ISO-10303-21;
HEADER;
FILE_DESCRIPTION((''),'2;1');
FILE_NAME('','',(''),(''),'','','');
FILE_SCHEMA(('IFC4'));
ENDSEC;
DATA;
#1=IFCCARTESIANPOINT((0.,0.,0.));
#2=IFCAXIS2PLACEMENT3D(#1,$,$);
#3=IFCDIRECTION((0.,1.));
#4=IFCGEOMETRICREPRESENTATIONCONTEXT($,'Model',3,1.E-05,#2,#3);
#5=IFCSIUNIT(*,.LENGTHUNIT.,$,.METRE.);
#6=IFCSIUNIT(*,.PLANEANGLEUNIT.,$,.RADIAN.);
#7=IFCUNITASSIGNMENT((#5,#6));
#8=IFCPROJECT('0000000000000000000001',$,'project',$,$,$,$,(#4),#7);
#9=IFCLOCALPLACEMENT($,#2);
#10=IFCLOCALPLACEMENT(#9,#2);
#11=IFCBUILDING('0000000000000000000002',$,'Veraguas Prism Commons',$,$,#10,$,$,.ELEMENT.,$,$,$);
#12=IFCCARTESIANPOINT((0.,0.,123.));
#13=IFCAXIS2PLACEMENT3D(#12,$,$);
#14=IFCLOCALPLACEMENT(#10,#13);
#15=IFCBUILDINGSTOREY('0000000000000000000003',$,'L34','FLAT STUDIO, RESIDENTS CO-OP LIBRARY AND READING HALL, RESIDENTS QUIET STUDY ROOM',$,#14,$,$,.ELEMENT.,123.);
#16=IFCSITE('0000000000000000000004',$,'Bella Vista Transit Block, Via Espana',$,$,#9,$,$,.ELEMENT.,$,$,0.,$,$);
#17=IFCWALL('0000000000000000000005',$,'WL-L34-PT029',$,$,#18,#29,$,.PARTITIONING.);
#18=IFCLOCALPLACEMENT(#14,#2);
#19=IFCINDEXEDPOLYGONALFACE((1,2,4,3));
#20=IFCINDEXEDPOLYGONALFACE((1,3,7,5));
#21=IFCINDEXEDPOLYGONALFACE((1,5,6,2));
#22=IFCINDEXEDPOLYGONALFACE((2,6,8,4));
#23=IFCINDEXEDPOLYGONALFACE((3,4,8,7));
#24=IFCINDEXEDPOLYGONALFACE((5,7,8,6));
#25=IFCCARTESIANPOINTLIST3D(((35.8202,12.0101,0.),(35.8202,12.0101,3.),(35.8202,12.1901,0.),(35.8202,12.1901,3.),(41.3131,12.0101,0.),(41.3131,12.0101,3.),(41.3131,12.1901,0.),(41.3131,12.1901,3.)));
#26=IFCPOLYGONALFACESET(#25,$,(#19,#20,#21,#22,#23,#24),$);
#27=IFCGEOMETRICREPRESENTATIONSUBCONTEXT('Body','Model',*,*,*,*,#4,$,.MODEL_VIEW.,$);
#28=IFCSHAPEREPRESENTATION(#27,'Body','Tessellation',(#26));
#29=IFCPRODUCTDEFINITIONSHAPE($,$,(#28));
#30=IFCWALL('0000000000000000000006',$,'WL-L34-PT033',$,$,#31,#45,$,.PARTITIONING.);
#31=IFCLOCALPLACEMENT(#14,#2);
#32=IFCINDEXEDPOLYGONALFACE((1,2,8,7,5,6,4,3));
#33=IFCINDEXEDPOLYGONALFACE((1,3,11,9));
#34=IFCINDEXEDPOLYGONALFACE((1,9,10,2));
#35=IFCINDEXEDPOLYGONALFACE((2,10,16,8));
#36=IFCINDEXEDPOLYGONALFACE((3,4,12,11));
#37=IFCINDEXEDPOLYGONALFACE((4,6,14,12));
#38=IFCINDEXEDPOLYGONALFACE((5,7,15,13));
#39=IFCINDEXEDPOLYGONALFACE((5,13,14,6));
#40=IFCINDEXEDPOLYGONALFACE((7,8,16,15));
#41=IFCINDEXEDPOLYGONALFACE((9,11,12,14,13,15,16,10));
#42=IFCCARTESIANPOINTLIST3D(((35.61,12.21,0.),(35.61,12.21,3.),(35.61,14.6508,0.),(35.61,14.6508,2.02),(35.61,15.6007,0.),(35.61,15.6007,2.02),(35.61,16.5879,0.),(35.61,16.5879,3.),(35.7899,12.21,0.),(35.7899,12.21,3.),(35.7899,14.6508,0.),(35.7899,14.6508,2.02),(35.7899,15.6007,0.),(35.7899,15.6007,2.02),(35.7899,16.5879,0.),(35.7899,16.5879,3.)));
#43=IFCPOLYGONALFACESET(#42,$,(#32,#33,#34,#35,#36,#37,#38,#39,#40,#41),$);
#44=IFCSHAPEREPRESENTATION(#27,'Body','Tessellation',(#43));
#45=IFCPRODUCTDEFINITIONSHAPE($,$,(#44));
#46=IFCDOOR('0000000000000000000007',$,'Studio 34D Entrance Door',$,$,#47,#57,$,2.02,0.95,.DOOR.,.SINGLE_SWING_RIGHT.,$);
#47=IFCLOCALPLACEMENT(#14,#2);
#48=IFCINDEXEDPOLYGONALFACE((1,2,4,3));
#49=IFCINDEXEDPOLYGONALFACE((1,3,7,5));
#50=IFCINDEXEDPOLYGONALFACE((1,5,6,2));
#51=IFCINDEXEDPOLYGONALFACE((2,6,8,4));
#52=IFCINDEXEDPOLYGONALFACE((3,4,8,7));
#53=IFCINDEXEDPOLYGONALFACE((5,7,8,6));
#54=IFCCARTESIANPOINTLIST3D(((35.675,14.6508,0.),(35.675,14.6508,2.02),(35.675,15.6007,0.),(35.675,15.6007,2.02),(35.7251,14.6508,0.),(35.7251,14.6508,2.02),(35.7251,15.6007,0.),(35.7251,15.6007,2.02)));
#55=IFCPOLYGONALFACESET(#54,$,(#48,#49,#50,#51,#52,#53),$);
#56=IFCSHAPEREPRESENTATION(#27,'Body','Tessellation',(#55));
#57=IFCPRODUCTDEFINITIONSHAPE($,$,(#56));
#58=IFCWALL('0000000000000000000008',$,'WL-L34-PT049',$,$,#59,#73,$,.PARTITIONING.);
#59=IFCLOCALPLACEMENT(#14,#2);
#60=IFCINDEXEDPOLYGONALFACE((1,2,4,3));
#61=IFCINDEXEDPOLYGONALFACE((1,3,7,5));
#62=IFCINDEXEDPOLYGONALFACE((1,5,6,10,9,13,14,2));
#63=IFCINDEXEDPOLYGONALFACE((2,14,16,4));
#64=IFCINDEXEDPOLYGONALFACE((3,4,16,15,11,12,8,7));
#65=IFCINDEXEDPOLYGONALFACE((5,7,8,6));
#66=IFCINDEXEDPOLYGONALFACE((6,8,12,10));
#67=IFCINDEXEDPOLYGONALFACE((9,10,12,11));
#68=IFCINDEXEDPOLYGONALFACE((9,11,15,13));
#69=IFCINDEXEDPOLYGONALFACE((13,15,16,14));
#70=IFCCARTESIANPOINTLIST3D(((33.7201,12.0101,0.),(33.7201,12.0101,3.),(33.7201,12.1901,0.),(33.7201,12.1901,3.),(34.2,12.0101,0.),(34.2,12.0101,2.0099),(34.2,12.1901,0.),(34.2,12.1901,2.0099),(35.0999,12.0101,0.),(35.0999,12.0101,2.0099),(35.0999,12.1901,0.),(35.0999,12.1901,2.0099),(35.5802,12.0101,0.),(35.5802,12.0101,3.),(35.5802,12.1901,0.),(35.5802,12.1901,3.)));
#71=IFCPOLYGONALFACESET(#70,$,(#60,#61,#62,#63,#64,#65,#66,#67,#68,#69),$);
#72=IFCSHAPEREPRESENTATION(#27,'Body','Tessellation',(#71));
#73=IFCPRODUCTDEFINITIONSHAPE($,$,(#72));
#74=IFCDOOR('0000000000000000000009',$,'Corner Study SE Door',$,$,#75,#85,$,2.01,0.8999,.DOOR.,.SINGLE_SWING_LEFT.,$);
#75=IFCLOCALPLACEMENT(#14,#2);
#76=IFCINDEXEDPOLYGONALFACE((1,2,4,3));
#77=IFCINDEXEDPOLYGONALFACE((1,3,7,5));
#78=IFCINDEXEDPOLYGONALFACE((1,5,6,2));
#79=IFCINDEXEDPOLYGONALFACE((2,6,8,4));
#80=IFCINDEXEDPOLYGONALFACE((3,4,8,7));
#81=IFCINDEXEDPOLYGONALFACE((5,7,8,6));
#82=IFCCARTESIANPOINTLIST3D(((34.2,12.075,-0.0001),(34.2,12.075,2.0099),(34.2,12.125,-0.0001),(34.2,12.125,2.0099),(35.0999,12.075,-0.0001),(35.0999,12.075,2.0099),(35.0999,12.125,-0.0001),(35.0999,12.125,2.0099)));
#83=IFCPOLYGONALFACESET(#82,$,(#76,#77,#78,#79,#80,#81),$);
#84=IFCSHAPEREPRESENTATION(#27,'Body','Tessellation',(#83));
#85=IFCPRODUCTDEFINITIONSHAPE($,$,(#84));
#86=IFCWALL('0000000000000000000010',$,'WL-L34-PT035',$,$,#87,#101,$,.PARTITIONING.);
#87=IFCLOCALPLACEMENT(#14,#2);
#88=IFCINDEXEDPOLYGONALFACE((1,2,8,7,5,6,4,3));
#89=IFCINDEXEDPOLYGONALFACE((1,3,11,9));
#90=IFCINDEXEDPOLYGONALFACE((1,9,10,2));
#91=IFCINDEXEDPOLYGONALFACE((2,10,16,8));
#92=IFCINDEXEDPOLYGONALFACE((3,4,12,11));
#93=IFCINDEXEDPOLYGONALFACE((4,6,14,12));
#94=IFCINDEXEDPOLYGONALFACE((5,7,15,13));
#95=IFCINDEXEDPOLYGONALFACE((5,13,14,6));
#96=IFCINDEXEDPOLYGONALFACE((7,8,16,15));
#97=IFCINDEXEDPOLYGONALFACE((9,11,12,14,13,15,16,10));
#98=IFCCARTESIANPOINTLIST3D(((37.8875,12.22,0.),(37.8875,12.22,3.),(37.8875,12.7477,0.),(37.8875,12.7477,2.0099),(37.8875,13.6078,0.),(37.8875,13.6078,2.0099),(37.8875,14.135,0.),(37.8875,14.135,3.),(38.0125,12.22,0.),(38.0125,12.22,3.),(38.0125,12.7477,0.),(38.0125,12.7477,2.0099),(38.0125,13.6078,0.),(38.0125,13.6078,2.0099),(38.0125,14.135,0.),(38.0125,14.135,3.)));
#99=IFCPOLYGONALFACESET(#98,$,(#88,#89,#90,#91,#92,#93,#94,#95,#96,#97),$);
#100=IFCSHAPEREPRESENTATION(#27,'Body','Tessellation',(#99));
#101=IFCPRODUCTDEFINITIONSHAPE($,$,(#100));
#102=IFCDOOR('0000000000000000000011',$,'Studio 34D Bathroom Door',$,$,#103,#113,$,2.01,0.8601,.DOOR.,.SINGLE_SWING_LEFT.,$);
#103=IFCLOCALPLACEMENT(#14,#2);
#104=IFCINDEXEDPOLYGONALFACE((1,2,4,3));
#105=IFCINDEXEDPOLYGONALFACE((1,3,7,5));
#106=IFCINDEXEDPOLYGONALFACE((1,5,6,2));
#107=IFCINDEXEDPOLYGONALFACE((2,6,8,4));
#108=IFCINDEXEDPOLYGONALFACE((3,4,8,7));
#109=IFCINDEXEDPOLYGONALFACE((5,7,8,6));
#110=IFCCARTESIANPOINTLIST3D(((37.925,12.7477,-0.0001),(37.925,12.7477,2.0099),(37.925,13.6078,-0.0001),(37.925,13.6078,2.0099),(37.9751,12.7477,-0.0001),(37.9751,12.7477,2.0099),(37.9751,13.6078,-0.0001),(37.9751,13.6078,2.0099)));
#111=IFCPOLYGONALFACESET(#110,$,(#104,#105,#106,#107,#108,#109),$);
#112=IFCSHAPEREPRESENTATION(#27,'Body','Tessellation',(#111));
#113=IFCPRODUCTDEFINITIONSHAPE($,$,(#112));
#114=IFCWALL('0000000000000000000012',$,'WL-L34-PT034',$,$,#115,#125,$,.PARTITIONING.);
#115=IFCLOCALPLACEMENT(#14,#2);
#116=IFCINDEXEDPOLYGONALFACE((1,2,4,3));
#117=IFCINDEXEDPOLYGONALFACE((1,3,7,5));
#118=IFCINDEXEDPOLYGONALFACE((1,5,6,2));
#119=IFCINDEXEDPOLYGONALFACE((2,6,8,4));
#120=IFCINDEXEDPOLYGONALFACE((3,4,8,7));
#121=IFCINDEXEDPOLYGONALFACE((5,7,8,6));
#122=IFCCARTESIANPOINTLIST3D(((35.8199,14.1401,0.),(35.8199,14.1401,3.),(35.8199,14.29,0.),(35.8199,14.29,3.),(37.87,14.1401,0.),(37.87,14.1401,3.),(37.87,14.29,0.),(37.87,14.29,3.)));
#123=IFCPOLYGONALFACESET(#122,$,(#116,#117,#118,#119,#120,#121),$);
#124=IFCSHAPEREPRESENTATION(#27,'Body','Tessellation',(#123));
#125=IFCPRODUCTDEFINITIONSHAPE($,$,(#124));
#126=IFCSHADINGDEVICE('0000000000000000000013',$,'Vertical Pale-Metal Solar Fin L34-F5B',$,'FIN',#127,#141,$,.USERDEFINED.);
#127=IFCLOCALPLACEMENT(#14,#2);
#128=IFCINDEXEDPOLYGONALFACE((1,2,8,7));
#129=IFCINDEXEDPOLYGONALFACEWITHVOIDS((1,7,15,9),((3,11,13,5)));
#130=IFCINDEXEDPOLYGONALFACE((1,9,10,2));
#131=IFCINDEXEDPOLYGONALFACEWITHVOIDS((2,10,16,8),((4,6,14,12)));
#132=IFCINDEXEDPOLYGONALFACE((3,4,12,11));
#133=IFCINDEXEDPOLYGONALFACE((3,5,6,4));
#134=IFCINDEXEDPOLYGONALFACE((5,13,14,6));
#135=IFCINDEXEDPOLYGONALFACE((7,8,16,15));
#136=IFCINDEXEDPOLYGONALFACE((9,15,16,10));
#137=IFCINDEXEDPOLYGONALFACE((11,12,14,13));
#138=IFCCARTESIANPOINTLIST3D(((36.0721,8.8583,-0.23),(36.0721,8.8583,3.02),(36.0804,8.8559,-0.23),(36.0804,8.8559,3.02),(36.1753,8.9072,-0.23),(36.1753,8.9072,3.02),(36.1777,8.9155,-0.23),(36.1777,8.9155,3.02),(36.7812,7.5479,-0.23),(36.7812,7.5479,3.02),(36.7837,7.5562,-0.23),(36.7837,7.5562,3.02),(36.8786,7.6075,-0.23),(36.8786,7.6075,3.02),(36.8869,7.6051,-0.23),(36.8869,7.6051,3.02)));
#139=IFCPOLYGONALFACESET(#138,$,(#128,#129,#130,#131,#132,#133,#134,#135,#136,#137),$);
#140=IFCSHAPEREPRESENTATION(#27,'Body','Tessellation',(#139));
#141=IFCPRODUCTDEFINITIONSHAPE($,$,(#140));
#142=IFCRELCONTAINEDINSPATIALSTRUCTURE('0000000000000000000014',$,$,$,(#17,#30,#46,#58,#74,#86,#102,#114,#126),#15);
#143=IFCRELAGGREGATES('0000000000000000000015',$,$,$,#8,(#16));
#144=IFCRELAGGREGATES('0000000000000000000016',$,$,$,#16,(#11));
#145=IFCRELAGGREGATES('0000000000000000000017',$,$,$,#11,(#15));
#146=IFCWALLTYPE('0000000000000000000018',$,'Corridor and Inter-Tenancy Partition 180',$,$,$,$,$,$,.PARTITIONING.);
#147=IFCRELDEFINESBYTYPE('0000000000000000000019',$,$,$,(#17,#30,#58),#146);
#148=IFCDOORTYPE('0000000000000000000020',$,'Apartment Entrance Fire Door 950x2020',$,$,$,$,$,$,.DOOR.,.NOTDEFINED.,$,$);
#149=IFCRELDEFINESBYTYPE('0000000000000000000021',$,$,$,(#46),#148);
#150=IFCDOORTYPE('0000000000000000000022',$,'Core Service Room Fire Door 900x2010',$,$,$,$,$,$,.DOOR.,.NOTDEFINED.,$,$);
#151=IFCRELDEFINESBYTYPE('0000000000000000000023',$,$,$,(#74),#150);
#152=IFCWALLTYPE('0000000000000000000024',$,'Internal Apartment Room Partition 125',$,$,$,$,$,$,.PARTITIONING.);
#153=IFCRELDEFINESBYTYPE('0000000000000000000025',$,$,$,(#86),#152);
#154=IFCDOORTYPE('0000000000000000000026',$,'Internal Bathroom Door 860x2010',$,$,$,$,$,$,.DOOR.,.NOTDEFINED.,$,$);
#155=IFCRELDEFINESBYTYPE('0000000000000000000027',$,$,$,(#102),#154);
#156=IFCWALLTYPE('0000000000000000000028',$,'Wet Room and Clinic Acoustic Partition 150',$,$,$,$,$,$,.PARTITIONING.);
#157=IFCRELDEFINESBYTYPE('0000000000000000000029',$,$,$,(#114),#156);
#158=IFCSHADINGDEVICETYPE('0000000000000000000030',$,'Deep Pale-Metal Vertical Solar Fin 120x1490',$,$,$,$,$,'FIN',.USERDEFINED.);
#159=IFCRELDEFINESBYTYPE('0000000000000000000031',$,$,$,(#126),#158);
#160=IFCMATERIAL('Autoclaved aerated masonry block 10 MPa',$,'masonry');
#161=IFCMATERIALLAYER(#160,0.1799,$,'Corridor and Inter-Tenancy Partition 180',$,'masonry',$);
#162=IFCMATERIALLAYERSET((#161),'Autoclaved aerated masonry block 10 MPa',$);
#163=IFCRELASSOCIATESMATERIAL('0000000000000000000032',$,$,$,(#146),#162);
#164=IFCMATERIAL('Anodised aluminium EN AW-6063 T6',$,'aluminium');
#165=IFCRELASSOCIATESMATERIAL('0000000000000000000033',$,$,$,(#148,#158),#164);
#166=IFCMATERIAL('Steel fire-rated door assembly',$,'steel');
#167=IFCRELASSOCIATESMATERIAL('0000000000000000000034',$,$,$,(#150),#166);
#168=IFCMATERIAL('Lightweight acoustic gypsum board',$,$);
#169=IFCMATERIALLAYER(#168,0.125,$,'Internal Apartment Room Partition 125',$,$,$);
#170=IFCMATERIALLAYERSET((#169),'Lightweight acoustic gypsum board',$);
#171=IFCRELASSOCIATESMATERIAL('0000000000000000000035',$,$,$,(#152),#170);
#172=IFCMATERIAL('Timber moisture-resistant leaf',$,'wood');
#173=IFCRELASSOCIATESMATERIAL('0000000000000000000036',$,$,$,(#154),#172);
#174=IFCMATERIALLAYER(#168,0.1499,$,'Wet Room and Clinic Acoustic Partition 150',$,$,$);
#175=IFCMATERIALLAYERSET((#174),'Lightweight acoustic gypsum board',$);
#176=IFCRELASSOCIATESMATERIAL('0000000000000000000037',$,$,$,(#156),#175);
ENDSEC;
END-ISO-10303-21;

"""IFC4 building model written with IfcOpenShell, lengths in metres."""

from ifc_helpers import new_model, si_unit, direction, frame, frame_2d, origin, origin_2d, place, context, subcontext, project, spatial, rectangle, hollow_rectangle, extrude, source, transform, mapped, material, layer, layer_set, material_profile, profile_set, type_object, element, fill, save


model = new_model("IFC4")

# Units and contexts
model_context = context("Model", 3, precision=1e-05, world=origin(), true_north=direction((0.0, 1.0)))
body_context = subcontext(model_context, "Body", "Model", "MODEL_VIEW")
ifc_project = project(units=[si_unit("LENGTHUNIT", "METRE"), si_unit("PLANEANGLEUNIT", "RADIAN")], contexts=[model_context])

# Site, building, storey
site_placement = place(None, origin())
site = spatial("IfcSite", under=ifc_project, at=site_placement, Name="Bella Vista Transit Block, Via Espana", CompositionType="ELEMENT", RefElevation=0.0)
building_placement = place(site_placement, origin())
building = spatial("IfcBuilding", under=site, at=building_placement, Name="Veraguas Prism Commons", CompositionType="ELEMENT")
storey_placement = place(building_placement, frame((0.0, 0.0, 123.0)))
storey = spatial("IfcBuildingStorey", under=building, at=storey_placement, Name="L34", Description="FLAT STUDIO, RESIDENTS CO-OP LIBRARY AND READING HALL, RESIDENTS QUIET STUDY ROOM", CompositionType="ELEMENT", Elevation=123.0)

# Shared definitions
ifc_material_1 = material(Name="Anodised aluminium EN AW-6063 T6", Category="aluminium")

# Wall
ifc_material_2 = material(Name="Autoclaved aerated masonry block 10 MPa", Category="masonry")
ifc_layer_1 = layer(ifc_material_2, 0.1799, Name="Corridor and Inter-Tenancy Partition 180", Category="masonry")
ifc_layer_set_1 = layer_set([ifc_layer_1], Name="Autoclaved aerated masonry block 10 MPa")
wall_type_1 = type_object("IfcWallType", Name="Corridor and Inter-Tenancy Partition 180", PredefinedType="PARTITIONING", material=ifc_layer_set_1)
wall_1_placement = place(storey_placement, frame((35.8201, 12.1001, 0.0), z_axis=(0.0, 0.0, 1.0), x_axis=(1.0, 0.0, 0.0)))
element("IfcWall", 1, at=wall_1_placement, inside=storey, type_object=wall_type_1, Name="WL-L34-PT029", PredefinedType="PARTITIONING", context=body_context, shape_type="SweptSolid", body=[
    extrude(rectangle(XDim=5.4929, YDim=0.1799, at=frame_2d((2.7466, 0.0))), origin(), (0.0, 0.0, 1.0), 3.0),
])

# Walls, openings, doors
wall_2_placement = place(storey_placement, frame((35.7, 12.21, 0.0), z_axis=(0.0, 0.0, 1.0), x_axis=(0.0, 1.0, 0.0)))
wall_2 = element("IfcWall", 2, at=wall_2_placement, inside=storey, type_object=wall_type_1, Name="WL-L34-PT033", PredefinedType="PARTITIONING", context=body_context, shape_type="SweptSolid", body=[
    extrude(rectangle(XDim=4.3779, YDim=0.1799, at=frame_2d((2.189, 0.0))), origin(), (0.0, 0.0, 1.0), 3.0),
])
opening_1_placement = place(wall_2_placement, frame((2.4407, 0.0, 0.0)))
opening_1 = element("IfcOpeningElement", 3, at=opening_1_placement, cuts=wall_2, PredefinedType="OPENING", context=body_context, shape_type="SweptSolid", body=[
    extrude(rectangle(XDim=0.95, YDim=2.02, at=frame_2d((0.4751, 1.01))), frame((0.0, 0.0999, 0.0), z_axis=(0.0, -1.0, 0.0), x_axis=(1.0, 0.0, 0.0)), (0.0, 0.0, 1.0), 0.2),
])
door_type_1 = type_object("IfcDoorType", Name="Apartment Entrance Fire Door 950x2020", OperationType="NOTDEFINED", PredefinedType="DOOR", material=ifc_material_1)
shared_shape_1 = source(origin(), body_context, "Body", "SweptSolid", [
    extrude(rectangle(XDim=0.95, YDim=2.02, at=frame_2d((0.4751, 1.01))), frame((0.0, 0.0249, 0.0), z_axis=(0.0, -1.0, 0.0), x_axis=(1.0, 0.0, 0.0)), (0.0, 0.0, 1.0), 0.05),
])
door_1_placement = place(opening_1_placement, origin())
door_1 = element("IfcDoor", 4, at=door_1_placement, inside=storey, type_object=door_type_1, Name="Studio 34D Entrance Door", OperationType="SINGLE_SWING_RIGHT", OverallHeight=2.02, OverallWidth=0.95, PredefinedType="DOOR", context=body_context, shape_type="MappedRepresentation", body=[
    mapped(shared_shape_1, transform((0.0, 0.0, 0.0), scale=1.0)),
])
fill(opening_1, door_1)
wall_3_placement = place(storey_placement, frame((33.72, 12.1001, 0.0), z_axis=(0.0, 0.0, 1.0), x_axis=(1.0, 0.0, 0.0)))
wall_3 = element("IfcWall", 5, at=wall_3_placement, inside=storey, type_object=wall_type_1, Name="WL-L34-PT049", PredefinedType="PARTITIONING", context=body_context, shape_type="SweptSolid", body=[
    extrude(rectangle(XDim=1.8601, YDim=0.1799, at=frame_2d((0.9302, 0.0))), origin(), (0.0, 0.0, 1.0), 3.0),
])
opening_2_placement = place(wall_3_placement, frame((0.48, 0.0, 0.0)))
opening_2 = element("IfcOpeningElement", 6, at=opening_2_placement, cuts=wall_3, PredefinedType="OPENING", context=body_context, shape_type="SweptSolid", body=[
    extrude(rectangle(XDim=0.8999, YDim=2.01, at=frame_2d((0.45, 1.0049))), frame((0.0, 0.0999, 0.0), z_axis=(0.0, -1.0, 0.0), x_axis=(1.0, 0.0, 0.0)), (0.0, 0.0, 1.0), 0.2),
])
ifc_material_3 = material(Name="Steel fire-rated door assembly", Category="steel")
door_type_2 = type_object("IfcDoorType", Name="Core Service Room Fire Door 900x2010", OperationType="NOTDEFINED", PredefinedType="DOOR", material=ifc_material_3)
shared_shape_2 = source(origin(), body_context, "Body", "SweptSolid", [
    extrude(rectangle(XDim=0.8999, YDim=2.01, at=frame_2d((0.45, 1.0049))), frame((0.0, 0.0249, 0.0), z_axis=(0.0, -1.0, 0.0), x_axis=(1.0, 0.0, 0.0)), (0.0, 0.0, 1.0), 0.05),
])
door_2_placement = place(opening_2_placement, origin())
door_2 = element("IfcDoor", 7, at=door_2_placement, inside=storey, type_object=door_type_2, Name="Corner Study SE Door", OperationType="SINGLE_SWING_LEFT", OverallHeight=2.01, OverallWidth=0.8999, PredefinedType="DOOR", context=body_context, shape_type="MappedRepresentation", body=[
    mapped(shared_shape_2, transform((0.0, 0.0, 0.0), scale=1.0)),
])
fill(opening_2, door_2)
ifc_material_4 = material(Name="Lightweight acoustic gypsum board")
ifc_layer_2 = layer(ifc_material_4, 0.125, Name="Internal Apartment Room Partition 125")
ifc_layer_set_2 = layer_set([ifc_layer_2], Name="Lightweight acoustic gypsum board")
wall_type_2 = type_object("IfcWallType", Name="Internal Apartment Room Partition 125", PredefinedType="PARTITIONING", material=ifc_layer_set_2)
wall_4_placement = place(storey_placement, frame((37.95, 12.22, 0.0), z_axis=(0.0, 0.0, 1.0), x_axis=(0.0, 1.0, 0.0)))
wall_4 = element("IfcWall", 8, at=wall_4_placement, inside=storey, type_object=wall_type_2, Name="WL-L34-PT035", PredefinedType="PARTITIONING", context=body_context, shape_type="SweptSolid", body=[
    extrude(rectangle(XDim=1.915, YDim=0.125, at=frame_2d((0.9575, 0.0))), origin(), (0.0, 0.0, 1.0), 3.0),
])
opening_3_placement = place(wall_4_placement, frame((0.5276, 0.0, 0.0)))
opening_3 = element("IfcOpeningElement", 9, at=opening_3_placement, cuts=wall_4, PredefinedType="OPENING", context=body_context, shape_type="SweptSolid", body=[
    extrude(rectangle(XDim=0.8601, YDim=2.01, at=frame_2d((0.4302, 1.0049))), frame((0.0, 0.0725, 0.0), z_axis=(0.0, -1.0, 0.0), x_axis=(1.0, 0.0, 0.0)), (0.0, 0.0, 1.0), 0.145),
])
ifc_material_5 = material(Name="Timber moisture-resistant leaf", Category="wood")
door_type_3 = type_object("IfcDoorType", Name="Internal Bathroom Door 860x2010", OperationType="NOTDEFINED", PredefinedType="DOOR", material=ifc_material_5)
shared_shape_3 = source(origin(), body_context, "Body", "SweptSolid", [
    extrude(rectangle(XDim=0.8601, YDim=2.01, at=frame_2d((0.4302, 1.0049))), frame((0.0, 0.0249, 0.0), z_axis=(0.0, -1.0, 0.0), x_axis=(1.0, 0.0, 0.0)), (0.0, 0.0, 1.0), 0.05),
])
door_3_placement = place(opening_3_placement, origin())
door_3 = element("IfcDoor", 10, at=door_3_placement, inside=storey, type_object=door_type_3, Name="Studio 34D Bathroom Door", OperationType="SINGLE_SWING_LEFT", OverallHeight=2.01, OverallWidth=0.8601, PredefinedType="DOOR", context=body_context, shape_type="MappedRepresentation", body=[
    mapped(shared_shape_3, transform((0.0, 0.0, 0.0), scale=1.0)),
])
fill(opening_3, door_3)

# Wall
ifc_layer_3 = layer(ifc_material_4, 0.1499, Name="Wet Room and Clinic Acoustic Partition 150")
ifc_layer_set_3 = layer_set([ifc_layer_3], Name="Lightweight acoustic gypsum board")
wall_type_3 = type_object("IfcWallType", Name="Wet Room and Clinic Acoustic Partition 150", PredefinedType="PARTITIONING", material=ifc_layer_set_3)
wall_5_placement = place(storey_placement, frame((35.8201, 14.2151, 0.0), z_axis=(0.0, 0.0, 1.0), x_axis=(1.0, 0.0, 0.0)))
element("IfcWall", 11, at=wall_5_placement, inside=storey, type_object=wall_type_3, Name="WL-L34-PT034", PredefinedType="PARTITIONING", context=body_context, shape_type="SweptSolid", body=[
    extrude(rectangle(XDim=2.05, YDim=0.1499, at=frame_2d((1.0249, 0.0))), origin(), (0.0, 0.0, 1.0), 3.0),
])

# Shading device
ifc_material_profile_1 = material_profile(ifc_material_1, hollow_rectangle(XDim=0.1201, YDim=1.49, WallThickness=0.0061, at=origin_2d()), Name="FIN120X1490X6")
ifc_profile_set_1 = profile_set([ifc_material_profile_1], Name="Anodised aluminium EN AW-6063 T6")
shading_device_type = type_object("IfcShadingDeviceType", Name="Deep Pale-Metal Vertical Solar Fin 120x1490", ElementType="FIN", PredefinedType="USERDEFINED", material=ifc_profile_set_1)
shading_device_placement = place(storey_placement, frame((36.4795, 8.2317, -0.23), z_axis=(0.0, 0.0, 1.0), x_axis=(0.879482, 0.475931, 0.0)))
element("IfcShadingDevice", 12, at=shading_device_placement, inside=storey, type_object=shading_device_type, Name="Vertical Pale-Metal Solar Fin L34-F5B", ObjectType="FIN", PredefinedType="USERDEFINED", context=body_context, shape_type="SweptSolid", body=[
    extrude(hollow_rectangle(XDim=0.1201, YDim=1.49, WallThickness=0.0061, at=origin_2d()), origin(), (0.0, 0.0, 1.0), 3.25),
])

save(model, "model.ifc")
